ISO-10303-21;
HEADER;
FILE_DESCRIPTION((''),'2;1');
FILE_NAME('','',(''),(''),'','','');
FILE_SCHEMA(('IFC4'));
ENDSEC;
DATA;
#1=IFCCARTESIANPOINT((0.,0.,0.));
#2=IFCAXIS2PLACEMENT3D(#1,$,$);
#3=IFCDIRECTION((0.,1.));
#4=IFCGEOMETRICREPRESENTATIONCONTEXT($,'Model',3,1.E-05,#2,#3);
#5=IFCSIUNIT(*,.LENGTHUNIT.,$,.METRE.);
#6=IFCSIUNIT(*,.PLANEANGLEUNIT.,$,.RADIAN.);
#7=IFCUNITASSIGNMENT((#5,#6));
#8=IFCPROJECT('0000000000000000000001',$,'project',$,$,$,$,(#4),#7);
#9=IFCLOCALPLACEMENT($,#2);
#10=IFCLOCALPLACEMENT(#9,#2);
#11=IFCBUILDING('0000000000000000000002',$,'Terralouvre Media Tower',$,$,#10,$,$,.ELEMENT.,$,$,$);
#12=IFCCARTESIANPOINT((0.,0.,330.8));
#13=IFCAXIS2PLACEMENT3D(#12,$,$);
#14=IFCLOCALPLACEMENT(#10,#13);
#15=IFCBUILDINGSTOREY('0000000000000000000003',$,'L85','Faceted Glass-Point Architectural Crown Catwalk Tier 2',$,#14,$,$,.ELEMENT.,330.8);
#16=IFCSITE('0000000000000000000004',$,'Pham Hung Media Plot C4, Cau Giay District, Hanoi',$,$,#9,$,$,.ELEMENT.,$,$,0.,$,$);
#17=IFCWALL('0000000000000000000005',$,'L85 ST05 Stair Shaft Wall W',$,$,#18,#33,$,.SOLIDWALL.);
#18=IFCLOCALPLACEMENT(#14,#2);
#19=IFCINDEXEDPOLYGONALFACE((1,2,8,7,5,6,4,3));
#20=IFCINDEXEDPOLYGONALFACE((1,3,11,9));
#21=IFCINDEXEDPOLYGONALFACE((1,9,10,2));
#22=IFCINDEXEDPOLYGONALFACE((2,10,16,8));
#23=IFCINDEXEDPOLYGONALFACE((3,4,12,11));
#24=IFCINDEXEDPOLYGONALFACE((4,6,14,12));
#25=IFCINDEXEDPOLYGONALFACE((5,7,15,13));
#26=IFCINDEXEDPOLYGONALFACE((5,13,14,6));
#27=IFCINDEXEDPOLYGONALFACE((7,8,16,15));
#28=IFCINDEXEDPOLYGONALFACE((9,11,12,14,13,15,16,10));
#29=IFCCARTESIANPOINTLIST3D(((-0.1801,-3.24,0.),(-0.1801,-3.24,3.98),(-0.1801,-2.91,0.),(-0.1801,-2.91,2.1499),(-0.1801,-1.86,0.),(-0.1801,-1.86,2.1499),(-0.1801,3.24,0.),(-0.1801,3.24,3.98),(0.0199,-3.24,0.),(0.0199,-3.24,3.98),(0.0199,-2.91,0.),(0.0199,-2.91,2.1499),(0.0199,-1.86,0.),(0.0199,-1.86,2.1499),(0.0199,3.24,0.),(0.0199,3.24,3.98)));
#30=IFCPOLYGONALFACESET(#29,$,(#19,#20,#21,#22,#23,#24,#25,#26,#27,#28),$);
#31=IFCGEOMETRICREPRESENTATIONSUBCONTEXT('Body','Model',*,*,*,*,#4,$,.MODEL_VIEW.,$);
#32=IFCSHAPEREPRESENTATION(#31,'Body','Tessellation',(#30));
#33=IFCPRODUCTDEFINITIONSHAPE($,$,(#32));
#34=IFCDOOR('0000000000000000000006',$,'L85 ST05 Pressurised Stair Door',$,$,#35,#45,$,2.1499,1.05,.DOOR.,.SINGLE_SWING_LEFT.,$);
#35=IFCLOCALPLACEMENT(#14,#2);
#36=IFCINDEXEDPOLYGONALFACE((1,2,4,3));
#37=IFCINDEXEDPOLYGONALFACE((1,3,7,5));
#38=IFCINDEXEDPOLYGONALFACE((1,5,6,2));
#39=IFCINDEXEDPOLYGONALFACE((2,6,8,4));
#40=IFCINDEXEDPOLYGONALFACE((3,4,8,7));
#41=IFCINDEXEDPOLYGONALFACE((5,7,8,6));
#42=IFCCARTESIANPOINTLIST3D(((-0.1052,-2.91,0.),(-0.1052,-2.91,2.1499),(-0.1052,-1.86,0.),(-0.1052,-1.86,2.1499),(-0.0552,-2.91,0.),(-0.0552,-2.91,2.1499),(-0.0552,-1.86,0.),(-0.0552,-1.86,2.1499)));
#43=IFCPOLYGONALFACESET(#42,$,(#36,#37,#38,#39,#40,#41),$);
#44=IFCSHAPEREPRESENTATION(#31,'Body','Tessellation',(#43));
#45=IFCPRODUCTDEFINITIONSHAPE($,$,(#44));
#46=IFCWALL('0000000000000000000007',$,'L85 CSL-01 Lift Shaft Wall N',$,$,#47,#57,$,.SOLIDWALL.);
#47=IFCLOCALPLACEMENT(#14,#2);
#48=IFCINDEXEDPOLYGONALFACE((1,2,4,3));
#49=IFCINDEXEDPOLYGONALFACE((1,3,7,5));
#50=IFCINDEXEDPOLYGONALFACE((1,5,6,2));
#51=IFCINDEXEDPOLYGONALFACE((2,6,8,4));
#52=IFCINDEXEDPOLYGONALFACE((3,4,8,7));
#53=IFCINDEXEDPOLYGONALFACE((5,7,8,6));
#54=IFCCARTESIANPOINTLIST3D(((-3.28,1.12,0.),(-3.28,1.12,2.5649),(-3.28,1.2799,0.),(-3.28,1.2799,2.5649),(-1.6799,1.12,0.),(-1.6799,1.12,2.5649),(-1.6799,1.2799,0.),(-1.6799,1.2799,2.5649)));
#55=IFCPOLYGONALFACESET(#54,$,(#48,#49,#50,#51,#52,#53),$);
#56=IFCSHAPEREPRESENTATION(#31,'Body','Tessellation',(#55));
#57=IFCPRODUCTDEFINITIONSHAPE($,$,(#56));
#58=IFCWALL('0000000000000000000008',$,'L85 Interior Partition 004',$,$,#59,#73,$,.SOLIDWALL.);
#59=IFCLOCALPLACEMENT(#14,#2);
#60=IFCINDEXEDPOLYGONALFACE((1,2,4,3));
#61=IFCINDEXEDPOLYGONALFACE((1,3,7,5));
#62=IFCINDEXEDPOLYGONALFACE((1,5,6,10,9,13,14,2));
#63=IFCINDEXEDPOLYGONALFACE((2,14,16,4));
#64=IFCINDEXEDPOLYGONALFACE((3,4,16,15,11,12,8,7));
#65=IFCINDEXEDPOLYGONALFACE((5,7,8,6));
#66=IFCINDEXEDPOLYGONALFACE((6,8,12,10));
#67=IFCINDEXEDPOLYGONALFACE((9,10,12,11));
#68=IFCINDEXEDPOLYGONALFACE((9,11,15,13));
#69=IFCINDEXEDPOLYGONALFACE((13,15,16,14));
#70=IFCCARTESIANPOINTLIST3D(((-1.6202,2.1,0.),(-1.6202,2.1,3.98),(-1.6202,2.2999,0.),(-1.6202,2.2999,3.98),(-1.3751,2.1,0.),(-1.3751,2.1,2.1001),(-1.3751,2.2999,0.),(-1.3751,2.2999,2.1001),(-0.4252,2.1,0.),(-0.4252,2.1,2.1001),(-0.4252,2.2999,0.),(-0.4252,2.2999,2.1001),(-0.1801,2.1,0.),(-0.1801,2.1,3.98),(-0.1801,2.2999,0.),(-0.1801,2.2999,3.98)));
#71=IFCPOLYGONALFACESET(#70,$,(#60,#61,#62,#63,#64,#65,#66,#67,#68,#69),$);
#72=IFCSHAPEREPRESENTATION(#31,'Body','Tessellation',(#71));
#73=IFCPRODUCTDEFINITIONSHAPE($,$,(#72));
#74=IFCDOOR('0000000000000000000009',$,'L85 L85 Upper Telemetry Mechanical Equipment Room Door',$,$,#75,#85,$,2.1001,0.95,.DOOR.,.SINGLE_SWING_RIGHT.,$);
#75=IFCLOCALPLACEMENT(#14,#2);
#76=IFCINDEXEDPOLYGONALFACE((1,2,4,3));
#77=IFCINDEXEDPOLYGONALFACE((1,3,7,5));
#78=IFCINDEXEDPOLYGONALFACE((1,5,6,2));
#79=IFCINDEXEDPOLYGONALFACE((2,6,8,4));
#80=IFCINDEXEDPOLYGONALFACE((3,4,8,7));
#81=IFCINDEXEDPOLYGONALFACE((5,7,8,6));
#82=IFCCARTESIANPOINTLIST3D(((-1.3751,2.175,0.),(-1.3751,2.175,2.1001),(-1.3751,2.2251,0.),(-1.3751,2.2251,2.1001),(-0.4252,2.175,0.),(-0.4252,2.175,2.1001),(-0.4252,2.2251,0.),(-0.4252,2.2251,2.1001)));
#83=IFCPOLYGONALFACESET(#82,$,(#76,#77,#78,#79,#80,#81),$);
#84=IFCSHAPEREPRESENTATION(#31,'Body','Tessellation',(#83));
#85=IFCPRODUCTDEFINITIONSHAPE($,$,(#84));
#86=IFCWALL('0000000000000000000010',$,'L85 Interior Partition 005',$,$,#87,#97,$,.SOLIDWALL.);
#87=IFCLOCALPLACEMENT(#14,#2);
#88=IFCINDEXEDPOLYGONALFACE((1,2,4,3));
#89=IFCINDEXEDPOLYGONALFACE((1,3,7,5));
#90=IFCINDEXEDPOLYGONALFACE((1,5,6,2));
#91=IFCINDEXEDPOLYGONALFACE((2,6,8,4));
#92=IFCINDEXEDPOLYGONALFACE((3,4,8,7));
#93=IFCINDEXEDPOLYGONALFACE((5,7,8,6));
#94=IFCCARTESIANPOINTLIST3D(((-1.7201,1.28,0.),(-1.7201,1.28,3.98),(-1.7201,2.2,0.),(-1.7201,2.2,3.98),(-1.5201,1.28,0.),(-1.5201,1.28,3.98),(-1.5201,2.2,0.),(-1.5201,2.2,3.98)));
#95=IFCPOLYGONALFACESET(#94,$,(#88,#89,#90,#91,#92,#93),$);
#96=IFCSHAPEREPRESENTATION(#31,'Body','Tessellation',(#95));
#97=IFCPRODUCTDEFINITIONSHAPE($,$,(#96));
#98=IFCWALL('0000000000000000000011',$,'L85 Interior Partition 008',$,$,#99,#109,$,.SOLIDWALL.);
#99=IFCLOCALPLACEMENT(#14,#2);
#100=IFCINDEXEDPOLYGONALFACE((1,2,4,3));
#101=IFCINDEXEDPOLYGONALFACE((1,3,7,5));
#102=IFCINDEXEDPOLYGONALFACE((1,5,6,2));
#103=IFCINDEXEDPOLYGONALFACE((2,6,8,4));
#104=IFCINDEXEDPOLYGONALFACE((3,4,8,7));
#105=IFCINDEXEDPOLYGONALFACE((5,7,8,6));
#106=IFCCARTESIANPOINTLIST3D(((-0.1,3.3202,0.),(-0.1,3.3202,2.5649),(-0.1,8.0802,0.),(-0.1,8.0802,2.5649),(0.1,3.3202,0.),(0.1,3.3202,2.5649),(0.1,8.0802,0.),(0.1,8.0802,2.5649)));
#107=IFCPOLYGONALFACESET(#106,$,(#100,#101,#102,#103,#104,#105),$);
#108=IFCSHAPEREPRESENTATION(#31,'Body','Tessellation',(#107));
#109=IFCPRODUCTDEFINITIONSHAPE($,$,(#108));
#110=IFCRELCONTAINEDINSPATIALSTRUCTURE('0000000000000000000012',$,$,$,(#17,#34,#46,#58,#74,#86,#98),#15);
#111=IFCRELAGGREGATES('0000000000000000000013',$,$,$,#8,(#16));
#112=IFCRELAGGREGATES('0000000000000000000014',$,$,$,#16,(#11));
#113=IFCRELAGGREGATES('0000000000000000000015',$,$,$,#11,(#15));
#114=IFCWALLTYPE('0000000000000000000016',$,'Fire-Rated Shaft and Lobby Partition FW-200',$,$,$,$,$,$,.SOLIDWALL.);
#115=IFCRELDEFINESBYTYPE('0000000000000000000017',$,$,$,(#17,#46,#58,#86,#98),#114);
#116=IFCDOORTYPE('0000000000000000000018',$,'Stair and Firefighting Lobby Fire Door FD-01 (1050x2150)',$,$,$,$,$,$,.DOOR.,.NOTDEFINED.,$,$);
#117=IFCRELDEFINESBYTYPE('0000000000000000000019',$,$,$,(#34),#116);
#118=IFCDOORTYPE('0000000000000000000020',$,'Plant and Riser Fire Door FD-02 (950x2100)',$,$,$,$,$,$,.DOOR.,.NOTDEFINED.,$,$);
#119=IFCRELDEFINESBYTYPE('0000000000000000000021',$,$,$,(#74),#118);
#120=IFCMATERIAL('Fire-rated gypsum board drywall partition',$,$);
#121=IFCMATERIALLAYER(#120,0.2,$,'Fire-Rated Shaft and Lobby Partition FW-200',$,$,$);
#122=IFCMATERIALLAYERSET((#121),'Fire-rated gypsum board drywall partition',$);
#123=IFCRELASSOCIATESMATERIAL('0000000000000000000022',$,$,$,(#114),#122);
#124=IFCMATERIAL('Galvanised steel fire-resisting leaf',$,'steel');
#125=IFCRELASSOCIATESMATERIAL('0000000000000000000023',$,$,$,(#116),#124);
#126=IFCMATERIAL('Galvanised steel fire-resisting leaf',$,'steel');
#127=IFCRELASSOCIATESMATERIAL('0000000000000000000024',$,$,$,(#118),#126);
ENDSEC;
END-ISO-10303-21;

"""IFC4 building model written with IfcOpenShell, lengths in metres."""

from ifc_helpers import new_model, si_unit, direction, frame, frame_2d, origin, place, context, subcontext, project, spatial, rectangle, extrude, material, layer, layer_set, type_object, element, fill, save


model = new_model("IFC4")

# Units and contexts
model_context = context("Model", 3, precision=1e-05, world=origin(), true_north=direction((0.0, 1.0)))
body_context = subcontext(model_context, "Body", "Model", "MODEL_VIEW")
ifc_project = project(units=[si_unit("LENGTHUNIT", "METRE"), si_unit("PLANEANGLEUNIT", "RADIAN")], contexts=[model_context])

# Site, building, storey
site_placement = place(None, origin())
site = spatial("IfcSite", under=ifc_project, at=site_placement, Name="Pham Hung Media Plot C4, Cau Giay District, Hanoi", CompositionType="ELEMENT", RefElevation=0.0)
building_placement = place(site_placement, origin())
building = spatial("IfcBuilding", under=site, at=building_placement, Name="Terralouvre Media Tower", CompositionType="ELEMENT")
storey_placement = place(building_placement, frame((0.0, 0.0, 330.8)))
storey = spatial("IfcBuildingStorey", under=building, at=storey_placement, Name="L85", Description="Faceted Glass-Point Architectural Crown Catwalk Tier 2", CompositionType="ELEMENT", Elevation=330.8)

# Wall, opening, door
ifc_material_1 = material(Name="Fire-rated gypsum board drywall partition")
ifc_layer_1 = layer(ifc_material_1, 0.2, Name="Fire-Rated Shaft and Lobby Partition FW-200")
ifc_layer_set_1 = layer_set([ifc_layer_1], Name="Fire-rated gypsum board drywall partition")
wall_type = type_object("IfcWallType", Name="Fire-Rated Shaft and Lobby Partition FW-200", PredefinedType="SOLIDWALL", material=ifc_layer_set_1)
wall_1_placement = place(storey_placement, frame((-0.0801, 3.24, 0.0), z_axis=(0.0, 0.0, 1.0), x_axis=(0.0, -1.0, 0.0)))
wall_1 = element("IfcWall", 1, at=wall_1_placement, inside=storey, type_object=wall_type, Name="L85 ST05 Stair Shaft Wall W", PredefinedType="SOLIDWALL", context=body_context, shape_type="SweptSolid", body=[
    extrude(rectangle(XDim=6.48, YDim=0.2, at=frame_2d((3.24, 0.0))), origin(), (0.0, 0.0, 1.0), 3.98),
])
opening_1_placement = place(wall_1_placement, frame((5.1001, 0.0, 0.0)))
opening_1 = element("IfcOpeningElement", 2, at=opening_1_placement, cuts=wall_1, PredefinedType="OPENING", context=body_context, shape_type="SweptSolid", body=[
    extrude(rectangle(XDim=1.05, YDim=2.1499, at=frame_2d((0.5249, 1.075))), frame((0.0, 0.1099, 0.0), z_axis=(0.0, -1.0, 0.0), x_axis=(1.0, 0.0, 0.0)), (0.0, 0.0, 1.0), 0.22),
])
ifc_material_2 = material(Name="Galvanised steel fire-resisting leaf", Category="steel")
door_type_1 = type_object("IfcDoorType", Name="Stair and Firefighting Lobby Fire Door FD-01 (1050x2150)", OperationType="NOTDEFINED", PredefinedType="DOOR", material=ifc_material_2)
door_1_placement = place(opening_1_placement, origin())
door_1 = element("IfcDoor", 3, at=door_1_placement, inside=storey, type_object=door_type_1, Name="L85 ST05 Pressurised Stair Door", OperationType="SINGLE_SWING_LEFT", OverallHeight=2.1499, OverallWidth=1.05, PredefinedType="DOOR", context=body_context, shape_type="SweptSolid", body=[
    extrude(rectangle(XDim=1.05, YDim=2.1499, at=frame_2d((0.5249, 1.075))), frame((0.0, 0.0249, 0.0), z_axis=(0.0, -1.0, 0.0), x_axis=(1.0, 0.0, 0.0)), (0.0, 0.0, 1.0), 0.05),
])
fill(opening_1, door_1)

# Wall
wall_2_placement = place(storey_placement, frame((-3.28, 1.2, 0.0), z_axis=(0.0, 0.0, 1.0), x_axis=(1.0, 0.0, 0.0)))
element("IfcWall", 4, at=wall_2_placement, inside=storey, type_object=wall_type, Name="L85 CSL-01 Lift Shaft Wall N", PredefinedType="SOLIDWALL", context=body_context, shape_type="SweptSolid", body=[
    extrude(rectangle(XDim=1.6001, YDim=0.1599, at=frame_2d((0.8, 0.0))), origin(), (0.0, 0.0, 1.0), 2.5649),
])

# Wall, opening, door
wall_3_placement = place(storey_placement, frame((-0.1799, 2.2, 0.0), z_axis=(0.0, 0.0, 1.0), x_axis=(-1.0, 0.0, 0.0)))
wall_3 = element("IfcWall", 5, at=wall_3_placement, inside=storey, type_object=wall_type, Name="L85 Interior Partition 004", PredefinedType="SOLIDWALL", context=body_context, shape_type="SweptSolid", body=[
    extrude(rectangle(XDim=1.4402, YDim=0.2, at=frame_2d((0.7202, 0.0))), origin(), (0.0, 0.0, 1.0), 3.98),
])
opening_2_placement = place(wall_3_placement, frame((0.2451, 0.0, 0.0)))
opening_2 = element("IfcOpeningElement", 6, at=opening_2_placement, cuts=wall_3, PredefinedType="OPENING", context=body_context, shape_type="SweptSolid", body=[
    extrude(rectangle(XDim=0.95, YDim=2.1001, at=frame_2d((0.4751, 1.05))), frame((0.0, 0.1099, 0.0), z_axis=(0.0, -1.0, 0.0), x_axis=(1.0, 0.0, 0.0)), (0.0, 0.0, 1.0), 0.22),
])
ifc_material_3 = material(Name="Galvanised steel fire-resisting leaf", Category="steel")
door_type_2 = type_object("IfcDoorType", Name="Plant and Riser Fire Door FD-02 (950x2100)", OperationType="NOTDEFINED", PredefinedType="DOOR", material=ifc_material_3)
door_2_placement = place(opening_2_placement, origin())
door_2 = element("IfcDoor", 7, at=door_2_placement, inside=storey, type_object=door_type_2, Name="L85 L85 Upper Telemetry Mechanical Equipment Room Door", OperationType="SINGLE_SWING_RIGHT", OverallHeight=2.1001, OverallWidth=0.95, PredefinedType="DOOR", context=body_context, shape_type="SweptSolid", body=[
    extrude(rectangle(XDim=0.95, YDim=2.1001, at=frame_2d((0.4751, 1.05))), frame((0.0, 0.0249, 0.0), z_axis=(0.0, -1.0, 0.0), x_axis=(1.0, 0.0, 0.0)), (0.0, 0.0, 1.0), 0.05),
])
fill(opening_2, door_2)

# Walls
wall_4_placement = place(storey_placement, frame((-1.6201, 2.2, 0.0), z_axis=(0.0, 0.0, 1.0), x_axis=(0.0, -1.0, 0.0)))
element("IfcWall", 8, at=wall_4_placement, inside=storey, type_object=wall_type, Name="L85 Interior Partition 005", PredefinedType="SOLIDWALL", context=body_context, shape_type="SweptSolid", body=[
    extrude(rectangle(XDim=0.9199, YDim=0.2, at=frame_2d((0.46, 0.0))), origin(), (0.0, 0.0, 1.0), 3.98),
])
wall_5_placement = place(storey_placement, frame((0.0, 8.0801, 0.0), z_axis=(0.0, 0.0, 1.0), x_axis=(0.0, -1.0, 0.0)))
element("IfcWall", 9, at=wall_5_placement, inside=storey, type_object=wall_type, Name="L85 Interior Partition 008", PredefinedType="SOLIDWALL", context=body_context, shape_type="SweptSolid", body=[
    extrude(rectangle(XDim=4.76, YDim=0.2, at=frame_2d((2.3799, 0.0))), origin(), (0.0, 0.0, 1.0), 2.5649),
])

save(model, "model.ifc")
